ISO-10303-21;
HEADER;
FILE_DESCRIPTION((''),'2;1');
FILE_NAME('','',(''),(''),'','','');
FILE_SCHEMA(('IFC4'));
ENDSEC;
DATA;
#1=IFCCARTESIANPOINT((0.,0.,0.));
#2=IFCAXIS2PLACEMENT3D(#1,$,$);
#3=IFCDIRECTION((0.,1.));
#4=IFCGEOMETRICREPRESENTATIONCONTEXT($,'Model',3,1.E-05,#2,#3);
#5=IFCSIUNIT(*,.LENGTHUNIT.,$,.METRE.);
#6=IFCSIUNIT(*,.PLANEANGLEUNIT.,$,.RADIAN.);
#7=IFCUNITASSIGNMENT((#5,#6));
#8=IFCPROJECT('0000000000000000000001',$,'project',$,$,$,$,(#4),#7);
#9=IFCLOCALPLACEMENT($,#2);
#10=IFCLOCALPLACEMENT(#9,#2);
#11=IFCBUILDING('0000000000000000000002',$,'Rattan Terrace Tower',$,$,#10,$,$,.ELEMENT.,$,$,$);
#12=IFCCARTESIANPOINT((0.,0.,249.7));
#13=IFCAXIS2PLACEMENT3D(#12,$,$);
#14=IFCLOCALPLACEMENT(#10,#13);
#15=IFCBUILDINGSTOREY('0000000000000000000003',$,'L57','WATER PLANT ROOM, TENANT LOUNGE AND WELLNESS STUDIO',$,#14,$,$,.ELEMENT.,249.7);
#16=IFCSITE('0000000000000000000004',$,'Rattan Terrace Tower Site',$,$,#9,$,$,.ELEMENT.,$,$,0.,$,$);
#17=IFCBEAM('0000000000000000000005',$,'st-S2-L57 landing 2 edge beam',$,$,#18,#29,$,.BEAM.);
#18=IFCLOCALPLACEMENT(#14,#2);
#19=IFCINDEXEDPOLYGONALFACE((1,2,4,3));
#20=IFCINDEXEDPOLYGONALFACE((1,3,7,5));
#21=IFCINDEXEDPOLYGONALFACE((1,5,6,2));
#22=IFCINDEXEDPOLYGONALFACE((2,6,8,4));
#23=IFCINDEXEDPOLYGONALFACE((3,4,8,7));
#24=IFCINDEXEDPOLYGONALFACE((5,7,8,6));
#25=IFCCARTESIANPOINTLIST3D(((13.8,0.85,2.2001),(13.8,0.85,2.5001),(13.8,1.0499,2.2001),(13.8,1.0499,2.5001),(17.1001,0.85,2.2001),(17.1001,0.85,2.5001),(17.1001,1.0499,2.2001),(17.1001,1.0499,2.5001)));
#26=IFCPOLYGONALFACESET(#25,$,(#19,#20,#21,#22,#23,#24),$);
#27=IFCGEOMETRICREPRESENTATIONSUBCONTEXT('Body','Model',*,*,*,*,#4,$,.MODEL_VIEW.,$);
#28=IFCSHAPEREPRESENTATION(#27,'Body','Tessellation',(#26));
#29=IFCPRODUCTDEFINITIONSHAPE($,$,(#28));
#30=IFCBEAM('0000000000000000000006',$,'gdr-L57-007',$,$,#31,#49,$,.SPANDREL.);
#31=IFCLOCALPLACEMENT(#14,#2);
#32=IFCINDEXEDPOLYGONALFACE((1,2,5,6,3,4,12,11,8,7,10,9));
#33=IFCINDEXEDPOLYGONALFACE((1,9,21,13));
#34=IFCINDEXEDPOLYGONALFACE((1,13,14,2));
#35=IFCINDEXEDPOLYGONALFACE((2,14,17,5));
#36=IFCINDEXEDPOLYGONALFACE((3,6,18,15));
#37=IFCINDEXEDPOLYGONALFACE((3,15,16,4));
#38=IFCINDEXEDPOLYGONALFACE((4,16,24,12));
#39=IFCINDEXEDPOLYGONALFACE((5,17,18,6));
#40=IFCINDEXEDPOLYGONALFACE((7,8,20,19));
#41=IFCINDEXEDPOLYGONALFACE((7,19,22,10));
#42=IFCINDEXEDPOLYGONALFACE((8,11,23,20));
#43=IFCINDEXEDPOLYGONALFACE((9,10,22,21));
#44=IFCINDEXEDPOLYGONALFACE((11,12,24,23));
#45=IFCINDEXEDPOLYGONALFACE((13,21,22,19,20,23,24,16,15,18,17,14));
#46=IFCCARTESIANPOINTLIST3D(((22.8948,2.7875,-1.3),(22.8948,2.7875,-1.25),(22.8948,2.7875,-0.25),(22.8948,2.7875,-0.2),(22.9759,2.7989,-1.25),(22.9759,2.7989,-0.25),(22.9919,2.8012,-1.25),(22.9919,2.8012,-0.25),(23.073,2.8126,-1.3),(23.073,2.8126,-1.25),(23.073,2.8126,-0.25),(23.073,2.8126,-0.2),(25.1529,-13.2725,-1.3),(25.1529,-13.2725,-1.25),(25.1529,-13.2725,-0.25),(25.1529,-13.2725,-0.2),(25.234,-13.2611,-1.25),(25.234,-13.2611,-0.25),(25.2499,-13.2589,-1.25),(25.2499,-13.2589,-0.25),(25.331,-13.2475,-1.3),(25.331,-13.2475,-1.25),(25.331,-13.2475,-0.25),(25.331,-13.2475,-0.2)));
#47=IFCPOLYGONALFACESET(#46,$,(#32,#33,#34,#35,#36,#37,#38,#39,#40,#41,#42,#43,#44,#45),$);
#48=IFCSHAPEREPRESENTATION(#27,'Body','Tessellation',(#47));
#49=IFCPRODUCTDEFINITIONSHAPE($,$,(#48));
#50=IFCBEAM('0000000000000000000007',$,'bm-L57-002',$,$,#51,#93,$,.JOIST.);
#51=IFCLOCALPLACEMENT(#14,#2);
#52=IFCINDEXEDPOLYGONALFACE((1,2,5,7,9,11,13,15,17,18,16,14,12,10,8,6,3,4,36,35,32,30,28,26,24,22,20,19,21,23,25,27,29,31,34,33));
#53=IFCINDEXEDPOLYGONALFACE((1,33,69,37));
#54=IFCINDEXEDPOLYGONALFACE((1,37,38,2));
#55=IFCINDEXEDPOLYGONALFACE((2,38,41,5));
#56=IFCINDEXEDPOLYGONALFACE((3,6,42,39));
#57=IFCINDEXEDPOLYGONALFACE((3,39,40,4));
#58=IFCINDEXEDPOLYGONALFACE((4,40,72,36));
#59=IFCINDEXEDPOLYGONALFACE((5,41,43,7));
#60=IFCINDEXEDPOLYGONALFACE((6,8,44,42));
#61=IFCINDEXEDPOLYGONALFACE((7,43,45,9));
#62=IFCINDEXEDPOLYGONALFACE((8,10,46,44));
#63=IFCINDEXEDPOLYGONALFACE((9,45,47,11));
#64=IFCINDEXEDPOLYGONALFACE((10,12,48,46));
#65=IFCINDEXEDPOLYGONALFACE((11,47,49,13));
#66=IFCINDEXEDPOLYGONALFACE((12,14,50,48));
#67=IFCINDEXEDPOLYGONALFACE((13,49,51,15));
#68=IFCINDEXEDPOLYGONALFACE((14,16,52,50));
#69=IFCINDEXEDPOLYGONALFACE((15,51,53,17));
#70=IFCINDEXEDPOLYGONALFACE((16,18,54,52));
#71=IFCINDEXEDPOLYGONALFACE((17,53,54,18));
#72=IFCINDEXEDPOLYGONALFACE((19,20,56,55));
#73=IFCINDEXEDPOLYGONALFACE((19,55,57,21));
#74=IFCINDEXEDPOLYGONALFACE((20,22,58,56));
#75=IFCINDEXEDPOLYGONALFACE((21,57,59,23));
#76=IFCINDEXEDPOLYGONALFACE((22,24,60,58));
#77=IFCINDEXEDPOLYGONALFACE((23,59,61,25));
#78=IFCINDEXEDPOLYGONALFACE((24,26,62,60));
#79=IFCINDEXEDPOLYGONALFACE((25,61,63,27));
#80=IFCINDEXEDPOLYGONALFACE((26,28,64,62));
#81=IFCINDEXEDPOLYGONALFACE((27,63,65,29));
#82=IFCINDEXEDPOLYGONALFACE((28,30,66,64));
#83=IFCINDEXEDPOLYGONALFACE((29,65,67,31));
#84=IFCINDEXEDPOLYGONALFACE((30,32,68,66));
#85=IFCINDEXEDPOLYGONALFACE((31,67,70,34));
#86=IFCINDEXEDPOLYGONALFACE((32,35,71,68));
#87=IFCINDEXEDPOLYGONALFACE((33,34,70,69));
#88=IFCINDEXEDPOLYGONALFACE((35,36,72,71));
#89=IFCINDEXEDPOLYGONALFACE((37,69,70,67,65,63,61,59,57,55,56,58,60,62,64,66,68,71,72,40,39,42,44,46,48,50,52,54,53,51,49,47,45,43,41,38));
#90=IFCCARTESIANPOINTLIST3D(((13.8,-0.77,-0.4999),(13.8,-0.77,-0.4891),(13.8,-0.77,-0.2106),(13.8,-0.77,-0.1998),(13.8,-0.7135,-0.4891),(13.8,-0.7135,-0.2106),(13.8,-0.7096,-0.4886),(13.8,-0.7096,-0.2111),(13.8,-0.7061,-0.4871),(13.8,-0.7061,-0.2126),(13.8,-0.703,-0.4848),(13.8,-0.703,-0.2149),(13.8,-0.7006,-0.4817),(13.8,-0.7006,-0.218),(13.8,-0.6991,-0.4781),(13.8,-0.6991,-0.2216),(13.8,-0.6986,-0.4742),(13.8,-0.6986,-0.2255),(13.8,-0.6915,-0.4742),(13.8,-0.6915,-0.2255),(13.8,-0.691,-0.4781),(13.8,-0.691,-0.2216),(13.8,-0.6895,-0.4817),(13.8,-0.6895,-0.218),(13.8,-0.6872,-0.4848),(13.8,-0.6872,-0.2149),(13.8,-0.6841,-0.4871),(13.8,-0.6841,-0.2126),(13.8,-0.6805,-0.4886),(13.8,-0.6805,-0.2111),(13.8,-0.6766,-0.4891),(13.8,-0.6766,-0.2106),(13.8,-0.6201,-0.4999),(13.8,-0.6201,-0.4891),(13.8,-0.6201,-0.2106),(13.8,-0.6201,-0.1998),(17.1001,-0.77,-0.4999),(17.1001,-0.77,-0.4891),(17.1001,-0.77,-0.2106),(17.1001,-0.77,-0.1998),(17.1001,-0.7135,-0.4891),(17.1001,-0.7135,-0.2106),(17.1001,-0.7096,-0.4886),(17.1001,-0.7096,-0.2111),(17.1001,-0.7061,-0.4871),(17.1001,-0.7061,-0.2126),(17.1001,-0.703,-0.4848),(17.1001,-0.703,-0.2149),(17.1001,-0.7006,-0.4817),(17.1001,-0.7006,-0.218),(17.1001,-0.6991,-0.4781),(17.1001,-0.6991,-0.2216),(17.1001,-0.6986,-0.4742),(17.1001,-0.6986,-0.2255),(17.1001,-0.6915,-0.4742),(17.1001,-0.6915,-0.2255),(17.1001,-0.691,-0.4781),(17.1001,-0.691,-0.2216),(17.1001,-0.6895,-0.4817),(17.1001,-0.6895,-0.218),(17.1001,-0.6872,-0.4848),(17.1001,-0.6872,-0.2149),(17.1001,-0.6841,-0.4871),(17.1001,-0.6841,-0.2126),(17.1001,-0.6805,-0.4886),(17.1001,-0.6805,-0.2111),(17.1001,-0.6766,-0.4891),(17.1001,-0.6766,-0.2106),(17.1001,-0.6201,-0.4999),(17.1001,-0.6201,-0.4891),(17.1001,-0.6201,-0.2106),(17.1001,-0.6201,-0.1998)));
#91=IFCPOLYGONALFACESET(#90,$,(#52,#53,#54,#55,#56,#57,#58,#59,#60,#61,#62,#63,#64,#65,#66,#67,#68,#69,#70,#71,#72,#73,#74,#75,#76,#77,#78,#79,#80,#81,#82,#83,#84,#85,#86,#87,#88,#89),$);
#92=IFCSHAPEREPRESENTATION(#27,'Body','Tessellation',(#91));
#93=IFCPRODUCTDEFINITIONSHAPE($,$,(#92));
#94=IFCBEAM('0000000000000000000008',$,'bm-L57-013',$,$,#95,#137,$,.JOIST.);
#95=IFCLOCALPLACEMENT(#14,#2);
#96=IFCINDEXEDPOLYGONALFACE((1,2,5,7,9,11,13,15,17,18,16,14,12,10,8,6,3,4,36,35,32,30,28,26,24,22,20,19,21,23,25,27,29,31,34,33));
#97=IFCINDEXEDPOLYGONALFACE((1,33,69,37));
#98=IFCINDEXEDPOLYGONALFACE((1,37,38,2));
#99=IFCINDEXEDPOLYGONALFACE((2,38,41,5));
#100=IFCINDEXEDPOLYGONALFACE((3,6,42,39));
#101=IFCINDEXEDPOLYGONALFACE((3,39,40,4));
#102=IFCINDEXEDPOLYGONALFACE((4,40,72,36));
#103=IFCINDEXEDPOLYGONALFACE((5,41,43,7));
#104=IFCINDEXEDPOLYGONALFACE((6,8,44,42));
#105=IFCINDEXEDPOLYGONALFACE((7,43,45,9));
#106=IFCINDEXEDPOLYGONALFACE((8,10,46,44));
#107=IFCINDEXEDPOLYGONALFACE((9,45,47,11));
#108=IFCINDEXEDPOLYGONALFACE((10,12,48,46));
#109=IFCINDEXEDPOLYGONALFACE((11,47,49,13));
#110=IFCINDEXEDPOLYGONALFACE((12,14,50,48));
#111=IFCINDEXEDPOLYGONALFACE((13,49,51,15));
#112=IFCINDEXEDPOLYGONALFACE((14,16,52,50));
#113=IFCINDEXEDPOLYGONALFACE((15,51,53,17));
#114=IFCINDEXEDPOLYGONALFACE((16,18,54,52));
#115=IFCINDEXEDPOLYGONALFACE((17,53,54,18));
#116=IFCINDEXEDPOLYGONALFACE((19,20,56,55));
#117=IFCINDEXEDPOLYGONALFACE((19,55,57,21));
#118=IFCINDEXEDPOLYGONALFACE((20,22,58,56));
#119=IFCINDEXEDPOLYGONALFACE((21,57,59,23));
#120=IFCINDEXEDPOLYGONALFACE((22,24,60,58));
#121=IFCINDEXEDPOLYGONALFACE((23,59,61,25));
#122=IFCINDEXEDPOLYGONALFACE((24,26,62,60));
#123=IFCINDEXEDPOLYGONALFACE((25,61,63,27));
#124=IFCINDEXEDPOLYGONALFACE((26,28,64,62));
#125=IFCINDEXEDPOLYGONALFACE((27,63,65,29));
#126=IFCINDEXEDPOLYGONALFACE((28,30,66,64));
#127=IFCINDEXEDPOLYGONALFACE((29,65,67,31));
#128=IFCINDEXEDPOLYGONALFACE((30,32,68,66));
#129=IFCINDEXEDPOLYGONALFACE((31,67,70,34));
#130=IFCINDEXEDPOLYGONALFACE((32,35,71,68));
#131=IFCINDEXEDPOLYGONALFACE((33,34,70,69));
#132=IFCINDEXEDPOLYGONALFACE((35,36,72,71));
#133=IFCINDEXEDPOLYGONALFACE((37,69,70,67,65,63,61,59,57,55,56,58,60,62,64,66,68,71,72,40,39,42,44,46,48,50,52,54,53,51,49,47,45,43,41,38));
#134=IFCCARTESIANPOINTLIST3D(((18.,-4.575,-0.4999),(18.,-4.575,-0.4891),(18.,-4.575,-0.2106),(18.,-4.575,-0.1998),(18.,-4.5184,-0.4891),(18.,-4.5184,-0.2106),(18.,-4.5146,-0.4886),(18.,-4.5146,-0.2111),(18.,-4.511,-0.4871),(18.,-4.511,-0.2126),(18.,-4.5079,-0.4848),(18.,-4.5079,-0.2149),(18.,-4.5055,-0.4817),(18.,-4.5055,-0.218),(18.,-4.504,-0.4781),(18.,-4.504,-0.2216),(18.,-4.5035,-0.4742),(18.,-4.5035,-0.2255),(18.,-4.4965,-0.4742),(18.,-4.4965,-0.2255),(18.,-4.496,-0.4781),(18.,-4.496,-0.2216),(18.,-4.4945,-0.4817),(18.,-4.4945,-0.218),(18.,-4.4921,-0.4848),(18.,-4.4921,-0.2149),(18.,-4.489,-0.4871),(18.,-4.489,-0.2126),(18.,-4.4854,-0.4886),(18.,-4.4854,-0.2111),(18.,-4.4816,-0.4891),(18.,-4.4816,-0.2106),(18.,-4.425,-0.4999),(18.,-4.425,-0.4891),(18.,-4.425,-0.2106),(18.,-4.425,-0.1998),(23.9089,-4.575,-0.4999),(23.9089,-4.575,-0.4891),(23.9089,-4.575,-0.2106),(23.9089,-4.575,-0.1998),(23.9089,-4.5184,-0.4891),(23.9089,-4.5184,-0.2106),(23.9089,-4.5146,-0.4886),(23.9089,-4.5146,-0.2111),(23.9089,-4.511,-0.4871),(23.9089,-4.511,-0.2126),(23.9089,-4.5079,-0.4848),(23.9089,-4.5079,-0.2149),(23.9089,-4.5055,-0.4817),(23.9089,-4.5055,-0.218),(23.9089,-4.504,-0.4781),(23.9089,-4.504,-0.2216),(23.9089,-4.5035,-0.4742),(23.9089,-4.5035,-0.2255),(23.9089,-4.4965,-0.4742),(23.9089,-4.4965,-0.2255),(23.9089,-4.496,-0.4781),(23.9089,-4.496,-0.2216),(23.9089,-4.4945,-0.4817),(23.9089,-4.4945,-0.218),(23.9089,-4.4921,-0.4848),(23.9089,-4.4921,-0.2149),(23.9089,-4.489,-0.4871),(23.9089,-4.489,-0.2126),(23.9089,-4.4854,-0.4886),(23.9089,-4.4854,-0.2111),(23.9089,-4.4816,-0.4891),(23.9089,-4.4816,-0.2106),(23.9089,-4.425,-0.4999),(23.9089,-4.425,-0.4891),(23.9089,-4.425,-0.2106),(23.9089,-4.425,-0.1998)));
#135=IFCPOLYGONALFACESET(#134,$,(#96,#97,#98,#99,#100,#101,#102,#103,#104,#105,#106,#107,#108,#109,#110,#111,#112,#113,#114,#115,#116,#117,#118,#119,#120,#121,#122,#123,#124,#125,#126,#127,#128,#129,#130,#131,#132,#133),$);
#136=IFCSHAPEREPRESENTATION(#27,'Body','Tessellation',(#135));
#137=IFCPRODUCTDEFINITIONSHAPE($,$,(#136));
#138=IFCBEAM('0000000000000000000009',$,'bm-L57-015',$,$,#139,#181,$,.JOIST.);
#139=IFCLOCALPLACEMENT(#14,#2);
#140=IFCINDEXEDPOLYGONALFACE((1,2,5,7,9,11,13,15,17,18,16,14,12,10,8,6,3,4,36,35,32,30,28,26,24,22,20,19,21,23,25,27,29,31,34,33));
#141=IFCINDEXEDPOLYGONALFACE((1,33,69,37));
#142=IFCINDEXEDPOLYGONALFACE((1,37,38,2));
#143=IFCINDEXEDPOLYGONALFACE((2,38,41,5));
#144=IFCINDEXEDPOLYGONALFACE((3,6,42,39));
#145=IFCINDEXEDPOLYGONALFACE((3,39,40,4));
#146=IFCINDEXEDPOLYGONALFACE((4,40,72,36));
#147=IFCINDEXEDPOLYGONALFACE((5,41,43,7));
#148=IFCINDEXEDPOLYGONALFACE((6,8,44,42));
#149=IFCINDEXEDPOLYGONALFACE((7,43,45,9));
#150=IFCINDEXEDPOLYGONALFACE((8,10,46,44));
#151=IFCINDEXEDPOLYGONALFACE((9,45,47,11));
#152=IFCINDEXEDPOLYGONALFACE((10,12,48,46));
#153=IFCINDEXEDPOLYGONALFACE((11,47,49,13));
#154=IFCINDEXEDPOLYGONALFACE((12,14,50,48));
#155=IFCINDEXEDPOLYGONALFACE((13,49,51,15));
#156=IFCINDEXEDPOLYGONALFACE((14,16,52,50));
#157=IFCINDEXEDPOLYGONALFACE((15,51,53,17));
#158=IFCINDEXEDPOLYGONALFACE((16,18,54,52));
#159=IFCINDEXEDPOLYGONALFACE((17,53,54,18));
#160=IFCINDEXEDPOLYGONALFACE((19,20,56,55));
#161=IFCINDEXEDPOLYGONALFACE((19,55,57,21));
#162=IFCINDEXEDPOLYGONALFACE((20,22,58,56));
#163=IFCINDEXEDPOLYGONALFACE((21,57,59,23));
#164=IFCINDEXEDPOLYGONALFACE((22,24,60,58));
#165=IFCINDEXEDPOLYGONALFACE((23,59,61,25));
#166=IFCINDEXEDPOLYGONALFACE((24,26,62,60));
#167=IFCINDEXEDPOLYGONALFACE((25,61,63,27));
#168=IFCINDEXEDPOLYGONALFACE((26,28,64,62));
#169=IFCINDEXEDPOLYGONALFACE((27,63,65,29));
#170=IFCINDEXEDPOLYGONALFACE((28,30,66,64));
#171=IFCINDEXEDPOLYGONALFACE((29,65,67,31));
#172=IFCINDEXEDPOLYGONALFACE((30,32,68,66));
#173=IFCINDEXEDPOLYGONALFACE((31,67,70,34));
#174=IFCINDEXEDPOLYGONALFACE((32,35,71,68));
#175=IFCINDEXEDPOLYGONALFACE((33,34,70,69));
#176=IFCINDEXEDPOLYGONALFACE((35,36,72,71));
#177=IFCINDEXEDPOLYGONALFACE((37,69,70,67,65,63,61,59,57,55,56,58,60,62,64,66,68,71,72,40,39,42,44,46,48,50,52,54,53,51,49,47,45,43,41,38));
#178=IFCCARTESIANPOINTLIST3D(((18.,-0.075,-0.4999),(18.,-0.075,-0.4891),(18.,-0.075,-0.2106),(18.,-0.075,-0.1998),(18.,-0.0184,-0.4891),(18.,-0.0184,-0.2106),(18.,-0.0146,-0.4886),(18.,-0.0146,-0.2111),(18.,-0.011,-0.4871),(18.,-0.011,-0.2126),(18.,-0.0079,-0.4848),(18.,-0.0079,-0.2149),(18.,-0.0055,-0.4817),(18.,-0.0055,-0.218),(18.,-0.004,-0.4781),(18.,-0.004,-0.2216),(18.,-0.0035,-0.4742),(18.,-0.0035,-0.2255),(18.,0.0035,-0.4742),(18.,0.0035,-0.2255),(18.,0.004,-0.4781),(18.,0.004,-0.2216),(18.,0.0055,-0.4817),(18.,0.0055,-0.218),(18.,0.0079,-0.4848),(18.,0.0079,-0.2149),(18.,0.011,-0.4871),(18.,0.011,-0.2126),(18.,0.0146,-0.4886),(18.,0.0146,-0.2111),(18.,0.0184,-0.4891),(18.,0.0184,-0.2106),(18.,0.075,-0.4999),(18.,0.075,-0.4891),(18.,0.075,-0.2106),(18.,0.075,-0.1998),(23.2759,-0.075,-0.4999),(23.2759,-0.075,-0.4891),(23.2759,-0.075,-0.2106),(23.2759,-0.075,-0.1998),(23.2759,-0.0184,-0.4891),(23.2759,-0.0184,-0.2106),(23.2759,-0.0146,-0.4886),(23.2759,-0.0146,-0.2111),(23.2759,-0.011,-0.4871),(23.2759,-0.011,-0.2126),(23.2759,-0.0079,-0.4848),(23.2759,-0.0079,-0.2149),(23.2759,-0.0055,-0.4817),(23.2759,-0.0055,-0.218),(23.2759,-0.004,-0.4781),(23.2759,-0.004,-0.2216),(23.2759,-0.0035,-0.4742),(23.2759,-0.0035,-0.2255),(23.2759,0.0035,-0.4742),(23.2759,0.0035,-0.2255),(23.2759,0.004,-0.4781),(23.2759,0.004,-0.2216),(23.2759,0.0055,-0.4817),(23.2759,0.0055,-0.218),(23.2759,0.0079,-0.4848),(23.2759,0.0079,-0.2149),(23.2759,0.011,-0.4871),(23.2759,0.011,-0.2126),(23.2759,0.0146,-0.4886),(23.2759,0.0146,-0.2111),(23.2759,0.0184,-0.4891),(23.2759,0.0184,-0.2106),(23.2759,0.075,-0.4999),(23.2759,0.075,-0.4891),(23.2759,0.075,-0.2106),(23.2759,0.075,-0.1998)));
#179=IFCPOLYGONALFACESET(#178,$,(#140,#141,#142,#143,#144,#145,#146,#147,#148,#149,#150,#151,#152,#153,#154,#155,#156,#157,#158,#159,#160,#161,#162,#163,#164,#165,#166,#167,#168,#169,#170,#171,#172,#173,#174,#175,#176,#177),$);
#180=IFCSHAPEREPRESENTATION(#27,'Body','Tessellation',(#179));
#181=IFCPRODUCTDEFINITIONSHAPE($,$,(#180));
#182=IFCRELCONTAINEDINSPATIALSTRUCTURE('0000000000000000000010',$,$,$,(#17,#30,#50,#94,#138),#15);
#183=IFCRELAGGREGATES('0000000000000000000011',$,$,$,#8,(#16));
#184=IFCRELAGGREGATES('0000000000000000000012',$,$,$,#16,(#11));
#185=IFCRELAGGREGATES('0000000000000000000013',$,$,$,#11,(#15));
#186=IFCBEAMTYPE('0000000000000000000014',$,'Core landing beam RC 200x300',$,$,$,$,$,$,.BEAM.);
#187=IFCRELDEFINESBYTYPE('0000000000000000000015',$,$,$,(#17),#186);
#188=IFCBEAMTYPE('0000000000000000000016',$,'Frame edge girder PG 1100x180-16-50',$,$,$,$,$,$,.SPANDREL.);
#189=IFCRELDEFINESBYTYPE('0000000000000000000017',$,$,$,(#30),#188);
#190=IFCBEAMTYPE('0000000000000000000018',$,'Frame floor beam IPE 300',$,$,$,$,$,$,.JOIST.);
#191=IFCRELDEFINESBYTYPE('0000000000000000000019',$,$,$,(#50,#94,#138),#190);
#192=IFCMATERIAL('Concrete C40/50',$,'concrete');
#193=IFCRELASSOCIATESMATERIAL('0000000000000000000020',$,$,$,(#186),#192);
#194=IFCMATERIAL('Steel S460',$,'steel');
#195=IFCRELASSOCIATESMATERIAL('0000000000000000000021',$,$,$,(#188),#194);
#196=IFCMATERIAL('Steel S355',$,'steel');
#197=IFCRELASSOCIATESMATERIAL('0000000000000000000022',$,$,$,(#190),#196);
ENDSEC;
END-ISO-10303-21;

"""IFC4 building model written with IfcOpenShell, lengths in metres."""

from ifc_helpers import new_model, si_unit, direction, frame, origin, origin_2d, place, context, subcontext, project, spatial, rectangle, i_section, extrude, material, material_profile, profile_set, type_object, element, save


model = new_model("IFC4")

# Units and contexts
model_context = context("Model", 3, precision=1e-05, world=origin(), true_north=direction((0.0, 1.0)))
body_context = subcontext(model_context, "Body", "Model", "MODEL_VIEW")
ifc_project = project(units=[si_unit("LENGTHUNIT", "METRE"), si_unit("PLANEANGLEUNIT", "RADIAN")], contexts=[model_context])

# Site, building, storey
site_placement = place(None, origin())
site = spatial("IfcSite", under=ifc_project, at=site_placement, Name="Rattan Terrace Tower Site", CompositionType="ELEMENT", RefElevation=0.0)
building_placement = place(site_placement, origin())
building = spatial("IfcBuilding", under=site, at=building_placement, Name="Rattan Terrace Tower", CompositionType="ELEMENT")
storey_placement = place(building_placement, frame((0.0, 0.0, 249.7)))
storey = spatial("IfcBuildingStorey", under=building, at=storey_placement, Name="L57", Description="WATER PLANT ROOM, TENANT LOUNGE AND WELLNESS STUDIO", CompositionType="ELEMENT", Elevation=249.7)

# Beams
ifc_material_1 = material(Name="Concrete C40/50", Category="concrete")
ifc_material_profile_1 = material_profile(ifc_material_1, rectangle(XDim=0.2, YDim=0.3, at=origin_2d()), Name="RC 200x300")
ifc_profile_set_1 = profile_set([ifc_material_profile_1], Name="Concrete C40/50")
beam_type_1 = type_object("IfcBeamType", Name="Core landing beam RC 200x300", PredefinedType="BEAM", material=ifc_profile_set_1)
beam_1_placement = place(storey_placement, frame((13.8, 0.95, 2.3501), z_axis=(1.0, 0.0, 0.0), x_axis=(0.0, 1.0, 0.0)))
element("IfcBeam", 1, at=beam_1_placement, inside=storey, type_object=beam_type_1, Name="st-S2-L57 landing 2 edge beam", PredefinedType="BEAM", context=body_context, shape_type="SweptSolid", body=[
    extrude(rectangle(XDim=0.2, YDim=0.3, at=origin_2d()), origin(), (0.0, 0.0, 1.0), 3.3),
])
ifc_material_2 = material(Name="Steel S460", Category="steel")
ifc_material_profile_2 = material_profile(ifc_material_2, i_section(OverallWidth=0.1799, OverallDepth=1.1001, WebThickness=0.0161, FlangeThickness=0.05, at=origin_2d()), Name="PG 1100x180-16-50")
ifc_profile_set_2 = profile_set([ifc_material_profile_2], Name="Steel S460")
beam_type_2 = type_object("IfcBeamType", Name="Frame edge girder PG 1100x180-16-50", PredefinedType="SPANDREL", material=ifc_profile_set_2)
beam_2_placement = place(storey_placement, frame((25.2419, -13.26, -0.75), z_axis=(-0.139231, 0.99026, 0.0), x_axis=(-0.99026, -0.139231, 0.0)))
element("IfcBeam", 2, at=beam_2_placement, inside=storey, type_object=beam_type_2, Name="gdr-L57-007", PredefinedType="SPANDREL", context=body_context, shape_type="SweptSolid", body=[
    extrude(i_section(OverallWidth=0.1799, OverallDepth=1.1001, WebThickness=0.0161, FlangeThickness=0.05, at=origin_2d()), origin(), (0.0, 0.0, 1.0), 16.218),
])
ifc_material_3 = material(Name="Steel S355", Category="steel")
ifc_material_profile_3 = material_profile(ifc_material_3, i_section(OverallWidth=0.1499, OverallDepth=0.3, WebThickness=0.0071, FlangeThickness=0.0107, FilletRadius=0.0149, at=origin_2d()), Name="IPE 300")
ifc_profile_set_3 = profile_set([ifc_material_profile_3], Name="Steel S355")
beam_type_3 = type_object("IfcBeamType", Name="Frame floor beam IPE 300", PredefinedType="JOIST", material=ifc_profile_set_3)
beam_3_placement = place(storey_placement, frame((13.8, -0.6951, -0.3499), z_axis=(1.0, 0.0, 0.0), x_axis=(0.0, 1.0, 0.0)))
element("IfcBeam", 3, at=beam_3_placement, inside=storey, type_object=beam_type_3, Name="bm-L57-002", PredefinedType="JOIST", context=body_context, shape_type="SweptSolid", body=[
    extrude(i_section(OverallWidth=0.1499, OverallDepth=0.3, WebThickness=0.0071, FlangeThickness=0.0107, FilletRadius=0.0149, at=origin_2d()), origin(), (0.0, 0.0, 1.0), 3.3),
])
beam_4_placement = place(storey_placement, frame((18.0, -4.5, -0.3499), z_axis=(1.0, 0.0, 0.0), x_axis=(0.0, 1.0, 0.0)))
element("IfcBeam", 4, at=beam_4_placement, inside=storey, type_object=beam_type_3, Name="bm-L57-013", PredefinedType="JOIST", context=body_context, shape_type="SweptSolid", body=[
    extrude(i_section(OverallWidth=0.1499, OverallDepth=0.3, WebThickness=0.0071, FlangeThickness=0.0107, FilletRadius=0.0149, at=origin_2d()), origin(), (0.0, 0.0, 1.0), 5.9089),
])
beam_5_placement = place(storey_placement, frame((18.0, 0.0, -0.3499), z_axis=(1.0, 0.0, 0.0), x_axis=(0.0, 1.0, 0.0)))
element("IfcBeam", 5, at=beam_5_placement, inside=storey, type_object=beam_type_3, Name="bm-L57-015", PredefinedType="JOIST", context=body_context, shape_type="SweptSolid", body=[
    extrude(i_section(OverallWidth=0.1499, OverallDepth=0.3, WebThickness=0.0071, FlangeThickness=0.0107, FilletRadius=0.0149, at=origin_2d()), origin(), (0.0, 0.0, 1.0), 5.2759),
])

save(model, "model.ifc")
